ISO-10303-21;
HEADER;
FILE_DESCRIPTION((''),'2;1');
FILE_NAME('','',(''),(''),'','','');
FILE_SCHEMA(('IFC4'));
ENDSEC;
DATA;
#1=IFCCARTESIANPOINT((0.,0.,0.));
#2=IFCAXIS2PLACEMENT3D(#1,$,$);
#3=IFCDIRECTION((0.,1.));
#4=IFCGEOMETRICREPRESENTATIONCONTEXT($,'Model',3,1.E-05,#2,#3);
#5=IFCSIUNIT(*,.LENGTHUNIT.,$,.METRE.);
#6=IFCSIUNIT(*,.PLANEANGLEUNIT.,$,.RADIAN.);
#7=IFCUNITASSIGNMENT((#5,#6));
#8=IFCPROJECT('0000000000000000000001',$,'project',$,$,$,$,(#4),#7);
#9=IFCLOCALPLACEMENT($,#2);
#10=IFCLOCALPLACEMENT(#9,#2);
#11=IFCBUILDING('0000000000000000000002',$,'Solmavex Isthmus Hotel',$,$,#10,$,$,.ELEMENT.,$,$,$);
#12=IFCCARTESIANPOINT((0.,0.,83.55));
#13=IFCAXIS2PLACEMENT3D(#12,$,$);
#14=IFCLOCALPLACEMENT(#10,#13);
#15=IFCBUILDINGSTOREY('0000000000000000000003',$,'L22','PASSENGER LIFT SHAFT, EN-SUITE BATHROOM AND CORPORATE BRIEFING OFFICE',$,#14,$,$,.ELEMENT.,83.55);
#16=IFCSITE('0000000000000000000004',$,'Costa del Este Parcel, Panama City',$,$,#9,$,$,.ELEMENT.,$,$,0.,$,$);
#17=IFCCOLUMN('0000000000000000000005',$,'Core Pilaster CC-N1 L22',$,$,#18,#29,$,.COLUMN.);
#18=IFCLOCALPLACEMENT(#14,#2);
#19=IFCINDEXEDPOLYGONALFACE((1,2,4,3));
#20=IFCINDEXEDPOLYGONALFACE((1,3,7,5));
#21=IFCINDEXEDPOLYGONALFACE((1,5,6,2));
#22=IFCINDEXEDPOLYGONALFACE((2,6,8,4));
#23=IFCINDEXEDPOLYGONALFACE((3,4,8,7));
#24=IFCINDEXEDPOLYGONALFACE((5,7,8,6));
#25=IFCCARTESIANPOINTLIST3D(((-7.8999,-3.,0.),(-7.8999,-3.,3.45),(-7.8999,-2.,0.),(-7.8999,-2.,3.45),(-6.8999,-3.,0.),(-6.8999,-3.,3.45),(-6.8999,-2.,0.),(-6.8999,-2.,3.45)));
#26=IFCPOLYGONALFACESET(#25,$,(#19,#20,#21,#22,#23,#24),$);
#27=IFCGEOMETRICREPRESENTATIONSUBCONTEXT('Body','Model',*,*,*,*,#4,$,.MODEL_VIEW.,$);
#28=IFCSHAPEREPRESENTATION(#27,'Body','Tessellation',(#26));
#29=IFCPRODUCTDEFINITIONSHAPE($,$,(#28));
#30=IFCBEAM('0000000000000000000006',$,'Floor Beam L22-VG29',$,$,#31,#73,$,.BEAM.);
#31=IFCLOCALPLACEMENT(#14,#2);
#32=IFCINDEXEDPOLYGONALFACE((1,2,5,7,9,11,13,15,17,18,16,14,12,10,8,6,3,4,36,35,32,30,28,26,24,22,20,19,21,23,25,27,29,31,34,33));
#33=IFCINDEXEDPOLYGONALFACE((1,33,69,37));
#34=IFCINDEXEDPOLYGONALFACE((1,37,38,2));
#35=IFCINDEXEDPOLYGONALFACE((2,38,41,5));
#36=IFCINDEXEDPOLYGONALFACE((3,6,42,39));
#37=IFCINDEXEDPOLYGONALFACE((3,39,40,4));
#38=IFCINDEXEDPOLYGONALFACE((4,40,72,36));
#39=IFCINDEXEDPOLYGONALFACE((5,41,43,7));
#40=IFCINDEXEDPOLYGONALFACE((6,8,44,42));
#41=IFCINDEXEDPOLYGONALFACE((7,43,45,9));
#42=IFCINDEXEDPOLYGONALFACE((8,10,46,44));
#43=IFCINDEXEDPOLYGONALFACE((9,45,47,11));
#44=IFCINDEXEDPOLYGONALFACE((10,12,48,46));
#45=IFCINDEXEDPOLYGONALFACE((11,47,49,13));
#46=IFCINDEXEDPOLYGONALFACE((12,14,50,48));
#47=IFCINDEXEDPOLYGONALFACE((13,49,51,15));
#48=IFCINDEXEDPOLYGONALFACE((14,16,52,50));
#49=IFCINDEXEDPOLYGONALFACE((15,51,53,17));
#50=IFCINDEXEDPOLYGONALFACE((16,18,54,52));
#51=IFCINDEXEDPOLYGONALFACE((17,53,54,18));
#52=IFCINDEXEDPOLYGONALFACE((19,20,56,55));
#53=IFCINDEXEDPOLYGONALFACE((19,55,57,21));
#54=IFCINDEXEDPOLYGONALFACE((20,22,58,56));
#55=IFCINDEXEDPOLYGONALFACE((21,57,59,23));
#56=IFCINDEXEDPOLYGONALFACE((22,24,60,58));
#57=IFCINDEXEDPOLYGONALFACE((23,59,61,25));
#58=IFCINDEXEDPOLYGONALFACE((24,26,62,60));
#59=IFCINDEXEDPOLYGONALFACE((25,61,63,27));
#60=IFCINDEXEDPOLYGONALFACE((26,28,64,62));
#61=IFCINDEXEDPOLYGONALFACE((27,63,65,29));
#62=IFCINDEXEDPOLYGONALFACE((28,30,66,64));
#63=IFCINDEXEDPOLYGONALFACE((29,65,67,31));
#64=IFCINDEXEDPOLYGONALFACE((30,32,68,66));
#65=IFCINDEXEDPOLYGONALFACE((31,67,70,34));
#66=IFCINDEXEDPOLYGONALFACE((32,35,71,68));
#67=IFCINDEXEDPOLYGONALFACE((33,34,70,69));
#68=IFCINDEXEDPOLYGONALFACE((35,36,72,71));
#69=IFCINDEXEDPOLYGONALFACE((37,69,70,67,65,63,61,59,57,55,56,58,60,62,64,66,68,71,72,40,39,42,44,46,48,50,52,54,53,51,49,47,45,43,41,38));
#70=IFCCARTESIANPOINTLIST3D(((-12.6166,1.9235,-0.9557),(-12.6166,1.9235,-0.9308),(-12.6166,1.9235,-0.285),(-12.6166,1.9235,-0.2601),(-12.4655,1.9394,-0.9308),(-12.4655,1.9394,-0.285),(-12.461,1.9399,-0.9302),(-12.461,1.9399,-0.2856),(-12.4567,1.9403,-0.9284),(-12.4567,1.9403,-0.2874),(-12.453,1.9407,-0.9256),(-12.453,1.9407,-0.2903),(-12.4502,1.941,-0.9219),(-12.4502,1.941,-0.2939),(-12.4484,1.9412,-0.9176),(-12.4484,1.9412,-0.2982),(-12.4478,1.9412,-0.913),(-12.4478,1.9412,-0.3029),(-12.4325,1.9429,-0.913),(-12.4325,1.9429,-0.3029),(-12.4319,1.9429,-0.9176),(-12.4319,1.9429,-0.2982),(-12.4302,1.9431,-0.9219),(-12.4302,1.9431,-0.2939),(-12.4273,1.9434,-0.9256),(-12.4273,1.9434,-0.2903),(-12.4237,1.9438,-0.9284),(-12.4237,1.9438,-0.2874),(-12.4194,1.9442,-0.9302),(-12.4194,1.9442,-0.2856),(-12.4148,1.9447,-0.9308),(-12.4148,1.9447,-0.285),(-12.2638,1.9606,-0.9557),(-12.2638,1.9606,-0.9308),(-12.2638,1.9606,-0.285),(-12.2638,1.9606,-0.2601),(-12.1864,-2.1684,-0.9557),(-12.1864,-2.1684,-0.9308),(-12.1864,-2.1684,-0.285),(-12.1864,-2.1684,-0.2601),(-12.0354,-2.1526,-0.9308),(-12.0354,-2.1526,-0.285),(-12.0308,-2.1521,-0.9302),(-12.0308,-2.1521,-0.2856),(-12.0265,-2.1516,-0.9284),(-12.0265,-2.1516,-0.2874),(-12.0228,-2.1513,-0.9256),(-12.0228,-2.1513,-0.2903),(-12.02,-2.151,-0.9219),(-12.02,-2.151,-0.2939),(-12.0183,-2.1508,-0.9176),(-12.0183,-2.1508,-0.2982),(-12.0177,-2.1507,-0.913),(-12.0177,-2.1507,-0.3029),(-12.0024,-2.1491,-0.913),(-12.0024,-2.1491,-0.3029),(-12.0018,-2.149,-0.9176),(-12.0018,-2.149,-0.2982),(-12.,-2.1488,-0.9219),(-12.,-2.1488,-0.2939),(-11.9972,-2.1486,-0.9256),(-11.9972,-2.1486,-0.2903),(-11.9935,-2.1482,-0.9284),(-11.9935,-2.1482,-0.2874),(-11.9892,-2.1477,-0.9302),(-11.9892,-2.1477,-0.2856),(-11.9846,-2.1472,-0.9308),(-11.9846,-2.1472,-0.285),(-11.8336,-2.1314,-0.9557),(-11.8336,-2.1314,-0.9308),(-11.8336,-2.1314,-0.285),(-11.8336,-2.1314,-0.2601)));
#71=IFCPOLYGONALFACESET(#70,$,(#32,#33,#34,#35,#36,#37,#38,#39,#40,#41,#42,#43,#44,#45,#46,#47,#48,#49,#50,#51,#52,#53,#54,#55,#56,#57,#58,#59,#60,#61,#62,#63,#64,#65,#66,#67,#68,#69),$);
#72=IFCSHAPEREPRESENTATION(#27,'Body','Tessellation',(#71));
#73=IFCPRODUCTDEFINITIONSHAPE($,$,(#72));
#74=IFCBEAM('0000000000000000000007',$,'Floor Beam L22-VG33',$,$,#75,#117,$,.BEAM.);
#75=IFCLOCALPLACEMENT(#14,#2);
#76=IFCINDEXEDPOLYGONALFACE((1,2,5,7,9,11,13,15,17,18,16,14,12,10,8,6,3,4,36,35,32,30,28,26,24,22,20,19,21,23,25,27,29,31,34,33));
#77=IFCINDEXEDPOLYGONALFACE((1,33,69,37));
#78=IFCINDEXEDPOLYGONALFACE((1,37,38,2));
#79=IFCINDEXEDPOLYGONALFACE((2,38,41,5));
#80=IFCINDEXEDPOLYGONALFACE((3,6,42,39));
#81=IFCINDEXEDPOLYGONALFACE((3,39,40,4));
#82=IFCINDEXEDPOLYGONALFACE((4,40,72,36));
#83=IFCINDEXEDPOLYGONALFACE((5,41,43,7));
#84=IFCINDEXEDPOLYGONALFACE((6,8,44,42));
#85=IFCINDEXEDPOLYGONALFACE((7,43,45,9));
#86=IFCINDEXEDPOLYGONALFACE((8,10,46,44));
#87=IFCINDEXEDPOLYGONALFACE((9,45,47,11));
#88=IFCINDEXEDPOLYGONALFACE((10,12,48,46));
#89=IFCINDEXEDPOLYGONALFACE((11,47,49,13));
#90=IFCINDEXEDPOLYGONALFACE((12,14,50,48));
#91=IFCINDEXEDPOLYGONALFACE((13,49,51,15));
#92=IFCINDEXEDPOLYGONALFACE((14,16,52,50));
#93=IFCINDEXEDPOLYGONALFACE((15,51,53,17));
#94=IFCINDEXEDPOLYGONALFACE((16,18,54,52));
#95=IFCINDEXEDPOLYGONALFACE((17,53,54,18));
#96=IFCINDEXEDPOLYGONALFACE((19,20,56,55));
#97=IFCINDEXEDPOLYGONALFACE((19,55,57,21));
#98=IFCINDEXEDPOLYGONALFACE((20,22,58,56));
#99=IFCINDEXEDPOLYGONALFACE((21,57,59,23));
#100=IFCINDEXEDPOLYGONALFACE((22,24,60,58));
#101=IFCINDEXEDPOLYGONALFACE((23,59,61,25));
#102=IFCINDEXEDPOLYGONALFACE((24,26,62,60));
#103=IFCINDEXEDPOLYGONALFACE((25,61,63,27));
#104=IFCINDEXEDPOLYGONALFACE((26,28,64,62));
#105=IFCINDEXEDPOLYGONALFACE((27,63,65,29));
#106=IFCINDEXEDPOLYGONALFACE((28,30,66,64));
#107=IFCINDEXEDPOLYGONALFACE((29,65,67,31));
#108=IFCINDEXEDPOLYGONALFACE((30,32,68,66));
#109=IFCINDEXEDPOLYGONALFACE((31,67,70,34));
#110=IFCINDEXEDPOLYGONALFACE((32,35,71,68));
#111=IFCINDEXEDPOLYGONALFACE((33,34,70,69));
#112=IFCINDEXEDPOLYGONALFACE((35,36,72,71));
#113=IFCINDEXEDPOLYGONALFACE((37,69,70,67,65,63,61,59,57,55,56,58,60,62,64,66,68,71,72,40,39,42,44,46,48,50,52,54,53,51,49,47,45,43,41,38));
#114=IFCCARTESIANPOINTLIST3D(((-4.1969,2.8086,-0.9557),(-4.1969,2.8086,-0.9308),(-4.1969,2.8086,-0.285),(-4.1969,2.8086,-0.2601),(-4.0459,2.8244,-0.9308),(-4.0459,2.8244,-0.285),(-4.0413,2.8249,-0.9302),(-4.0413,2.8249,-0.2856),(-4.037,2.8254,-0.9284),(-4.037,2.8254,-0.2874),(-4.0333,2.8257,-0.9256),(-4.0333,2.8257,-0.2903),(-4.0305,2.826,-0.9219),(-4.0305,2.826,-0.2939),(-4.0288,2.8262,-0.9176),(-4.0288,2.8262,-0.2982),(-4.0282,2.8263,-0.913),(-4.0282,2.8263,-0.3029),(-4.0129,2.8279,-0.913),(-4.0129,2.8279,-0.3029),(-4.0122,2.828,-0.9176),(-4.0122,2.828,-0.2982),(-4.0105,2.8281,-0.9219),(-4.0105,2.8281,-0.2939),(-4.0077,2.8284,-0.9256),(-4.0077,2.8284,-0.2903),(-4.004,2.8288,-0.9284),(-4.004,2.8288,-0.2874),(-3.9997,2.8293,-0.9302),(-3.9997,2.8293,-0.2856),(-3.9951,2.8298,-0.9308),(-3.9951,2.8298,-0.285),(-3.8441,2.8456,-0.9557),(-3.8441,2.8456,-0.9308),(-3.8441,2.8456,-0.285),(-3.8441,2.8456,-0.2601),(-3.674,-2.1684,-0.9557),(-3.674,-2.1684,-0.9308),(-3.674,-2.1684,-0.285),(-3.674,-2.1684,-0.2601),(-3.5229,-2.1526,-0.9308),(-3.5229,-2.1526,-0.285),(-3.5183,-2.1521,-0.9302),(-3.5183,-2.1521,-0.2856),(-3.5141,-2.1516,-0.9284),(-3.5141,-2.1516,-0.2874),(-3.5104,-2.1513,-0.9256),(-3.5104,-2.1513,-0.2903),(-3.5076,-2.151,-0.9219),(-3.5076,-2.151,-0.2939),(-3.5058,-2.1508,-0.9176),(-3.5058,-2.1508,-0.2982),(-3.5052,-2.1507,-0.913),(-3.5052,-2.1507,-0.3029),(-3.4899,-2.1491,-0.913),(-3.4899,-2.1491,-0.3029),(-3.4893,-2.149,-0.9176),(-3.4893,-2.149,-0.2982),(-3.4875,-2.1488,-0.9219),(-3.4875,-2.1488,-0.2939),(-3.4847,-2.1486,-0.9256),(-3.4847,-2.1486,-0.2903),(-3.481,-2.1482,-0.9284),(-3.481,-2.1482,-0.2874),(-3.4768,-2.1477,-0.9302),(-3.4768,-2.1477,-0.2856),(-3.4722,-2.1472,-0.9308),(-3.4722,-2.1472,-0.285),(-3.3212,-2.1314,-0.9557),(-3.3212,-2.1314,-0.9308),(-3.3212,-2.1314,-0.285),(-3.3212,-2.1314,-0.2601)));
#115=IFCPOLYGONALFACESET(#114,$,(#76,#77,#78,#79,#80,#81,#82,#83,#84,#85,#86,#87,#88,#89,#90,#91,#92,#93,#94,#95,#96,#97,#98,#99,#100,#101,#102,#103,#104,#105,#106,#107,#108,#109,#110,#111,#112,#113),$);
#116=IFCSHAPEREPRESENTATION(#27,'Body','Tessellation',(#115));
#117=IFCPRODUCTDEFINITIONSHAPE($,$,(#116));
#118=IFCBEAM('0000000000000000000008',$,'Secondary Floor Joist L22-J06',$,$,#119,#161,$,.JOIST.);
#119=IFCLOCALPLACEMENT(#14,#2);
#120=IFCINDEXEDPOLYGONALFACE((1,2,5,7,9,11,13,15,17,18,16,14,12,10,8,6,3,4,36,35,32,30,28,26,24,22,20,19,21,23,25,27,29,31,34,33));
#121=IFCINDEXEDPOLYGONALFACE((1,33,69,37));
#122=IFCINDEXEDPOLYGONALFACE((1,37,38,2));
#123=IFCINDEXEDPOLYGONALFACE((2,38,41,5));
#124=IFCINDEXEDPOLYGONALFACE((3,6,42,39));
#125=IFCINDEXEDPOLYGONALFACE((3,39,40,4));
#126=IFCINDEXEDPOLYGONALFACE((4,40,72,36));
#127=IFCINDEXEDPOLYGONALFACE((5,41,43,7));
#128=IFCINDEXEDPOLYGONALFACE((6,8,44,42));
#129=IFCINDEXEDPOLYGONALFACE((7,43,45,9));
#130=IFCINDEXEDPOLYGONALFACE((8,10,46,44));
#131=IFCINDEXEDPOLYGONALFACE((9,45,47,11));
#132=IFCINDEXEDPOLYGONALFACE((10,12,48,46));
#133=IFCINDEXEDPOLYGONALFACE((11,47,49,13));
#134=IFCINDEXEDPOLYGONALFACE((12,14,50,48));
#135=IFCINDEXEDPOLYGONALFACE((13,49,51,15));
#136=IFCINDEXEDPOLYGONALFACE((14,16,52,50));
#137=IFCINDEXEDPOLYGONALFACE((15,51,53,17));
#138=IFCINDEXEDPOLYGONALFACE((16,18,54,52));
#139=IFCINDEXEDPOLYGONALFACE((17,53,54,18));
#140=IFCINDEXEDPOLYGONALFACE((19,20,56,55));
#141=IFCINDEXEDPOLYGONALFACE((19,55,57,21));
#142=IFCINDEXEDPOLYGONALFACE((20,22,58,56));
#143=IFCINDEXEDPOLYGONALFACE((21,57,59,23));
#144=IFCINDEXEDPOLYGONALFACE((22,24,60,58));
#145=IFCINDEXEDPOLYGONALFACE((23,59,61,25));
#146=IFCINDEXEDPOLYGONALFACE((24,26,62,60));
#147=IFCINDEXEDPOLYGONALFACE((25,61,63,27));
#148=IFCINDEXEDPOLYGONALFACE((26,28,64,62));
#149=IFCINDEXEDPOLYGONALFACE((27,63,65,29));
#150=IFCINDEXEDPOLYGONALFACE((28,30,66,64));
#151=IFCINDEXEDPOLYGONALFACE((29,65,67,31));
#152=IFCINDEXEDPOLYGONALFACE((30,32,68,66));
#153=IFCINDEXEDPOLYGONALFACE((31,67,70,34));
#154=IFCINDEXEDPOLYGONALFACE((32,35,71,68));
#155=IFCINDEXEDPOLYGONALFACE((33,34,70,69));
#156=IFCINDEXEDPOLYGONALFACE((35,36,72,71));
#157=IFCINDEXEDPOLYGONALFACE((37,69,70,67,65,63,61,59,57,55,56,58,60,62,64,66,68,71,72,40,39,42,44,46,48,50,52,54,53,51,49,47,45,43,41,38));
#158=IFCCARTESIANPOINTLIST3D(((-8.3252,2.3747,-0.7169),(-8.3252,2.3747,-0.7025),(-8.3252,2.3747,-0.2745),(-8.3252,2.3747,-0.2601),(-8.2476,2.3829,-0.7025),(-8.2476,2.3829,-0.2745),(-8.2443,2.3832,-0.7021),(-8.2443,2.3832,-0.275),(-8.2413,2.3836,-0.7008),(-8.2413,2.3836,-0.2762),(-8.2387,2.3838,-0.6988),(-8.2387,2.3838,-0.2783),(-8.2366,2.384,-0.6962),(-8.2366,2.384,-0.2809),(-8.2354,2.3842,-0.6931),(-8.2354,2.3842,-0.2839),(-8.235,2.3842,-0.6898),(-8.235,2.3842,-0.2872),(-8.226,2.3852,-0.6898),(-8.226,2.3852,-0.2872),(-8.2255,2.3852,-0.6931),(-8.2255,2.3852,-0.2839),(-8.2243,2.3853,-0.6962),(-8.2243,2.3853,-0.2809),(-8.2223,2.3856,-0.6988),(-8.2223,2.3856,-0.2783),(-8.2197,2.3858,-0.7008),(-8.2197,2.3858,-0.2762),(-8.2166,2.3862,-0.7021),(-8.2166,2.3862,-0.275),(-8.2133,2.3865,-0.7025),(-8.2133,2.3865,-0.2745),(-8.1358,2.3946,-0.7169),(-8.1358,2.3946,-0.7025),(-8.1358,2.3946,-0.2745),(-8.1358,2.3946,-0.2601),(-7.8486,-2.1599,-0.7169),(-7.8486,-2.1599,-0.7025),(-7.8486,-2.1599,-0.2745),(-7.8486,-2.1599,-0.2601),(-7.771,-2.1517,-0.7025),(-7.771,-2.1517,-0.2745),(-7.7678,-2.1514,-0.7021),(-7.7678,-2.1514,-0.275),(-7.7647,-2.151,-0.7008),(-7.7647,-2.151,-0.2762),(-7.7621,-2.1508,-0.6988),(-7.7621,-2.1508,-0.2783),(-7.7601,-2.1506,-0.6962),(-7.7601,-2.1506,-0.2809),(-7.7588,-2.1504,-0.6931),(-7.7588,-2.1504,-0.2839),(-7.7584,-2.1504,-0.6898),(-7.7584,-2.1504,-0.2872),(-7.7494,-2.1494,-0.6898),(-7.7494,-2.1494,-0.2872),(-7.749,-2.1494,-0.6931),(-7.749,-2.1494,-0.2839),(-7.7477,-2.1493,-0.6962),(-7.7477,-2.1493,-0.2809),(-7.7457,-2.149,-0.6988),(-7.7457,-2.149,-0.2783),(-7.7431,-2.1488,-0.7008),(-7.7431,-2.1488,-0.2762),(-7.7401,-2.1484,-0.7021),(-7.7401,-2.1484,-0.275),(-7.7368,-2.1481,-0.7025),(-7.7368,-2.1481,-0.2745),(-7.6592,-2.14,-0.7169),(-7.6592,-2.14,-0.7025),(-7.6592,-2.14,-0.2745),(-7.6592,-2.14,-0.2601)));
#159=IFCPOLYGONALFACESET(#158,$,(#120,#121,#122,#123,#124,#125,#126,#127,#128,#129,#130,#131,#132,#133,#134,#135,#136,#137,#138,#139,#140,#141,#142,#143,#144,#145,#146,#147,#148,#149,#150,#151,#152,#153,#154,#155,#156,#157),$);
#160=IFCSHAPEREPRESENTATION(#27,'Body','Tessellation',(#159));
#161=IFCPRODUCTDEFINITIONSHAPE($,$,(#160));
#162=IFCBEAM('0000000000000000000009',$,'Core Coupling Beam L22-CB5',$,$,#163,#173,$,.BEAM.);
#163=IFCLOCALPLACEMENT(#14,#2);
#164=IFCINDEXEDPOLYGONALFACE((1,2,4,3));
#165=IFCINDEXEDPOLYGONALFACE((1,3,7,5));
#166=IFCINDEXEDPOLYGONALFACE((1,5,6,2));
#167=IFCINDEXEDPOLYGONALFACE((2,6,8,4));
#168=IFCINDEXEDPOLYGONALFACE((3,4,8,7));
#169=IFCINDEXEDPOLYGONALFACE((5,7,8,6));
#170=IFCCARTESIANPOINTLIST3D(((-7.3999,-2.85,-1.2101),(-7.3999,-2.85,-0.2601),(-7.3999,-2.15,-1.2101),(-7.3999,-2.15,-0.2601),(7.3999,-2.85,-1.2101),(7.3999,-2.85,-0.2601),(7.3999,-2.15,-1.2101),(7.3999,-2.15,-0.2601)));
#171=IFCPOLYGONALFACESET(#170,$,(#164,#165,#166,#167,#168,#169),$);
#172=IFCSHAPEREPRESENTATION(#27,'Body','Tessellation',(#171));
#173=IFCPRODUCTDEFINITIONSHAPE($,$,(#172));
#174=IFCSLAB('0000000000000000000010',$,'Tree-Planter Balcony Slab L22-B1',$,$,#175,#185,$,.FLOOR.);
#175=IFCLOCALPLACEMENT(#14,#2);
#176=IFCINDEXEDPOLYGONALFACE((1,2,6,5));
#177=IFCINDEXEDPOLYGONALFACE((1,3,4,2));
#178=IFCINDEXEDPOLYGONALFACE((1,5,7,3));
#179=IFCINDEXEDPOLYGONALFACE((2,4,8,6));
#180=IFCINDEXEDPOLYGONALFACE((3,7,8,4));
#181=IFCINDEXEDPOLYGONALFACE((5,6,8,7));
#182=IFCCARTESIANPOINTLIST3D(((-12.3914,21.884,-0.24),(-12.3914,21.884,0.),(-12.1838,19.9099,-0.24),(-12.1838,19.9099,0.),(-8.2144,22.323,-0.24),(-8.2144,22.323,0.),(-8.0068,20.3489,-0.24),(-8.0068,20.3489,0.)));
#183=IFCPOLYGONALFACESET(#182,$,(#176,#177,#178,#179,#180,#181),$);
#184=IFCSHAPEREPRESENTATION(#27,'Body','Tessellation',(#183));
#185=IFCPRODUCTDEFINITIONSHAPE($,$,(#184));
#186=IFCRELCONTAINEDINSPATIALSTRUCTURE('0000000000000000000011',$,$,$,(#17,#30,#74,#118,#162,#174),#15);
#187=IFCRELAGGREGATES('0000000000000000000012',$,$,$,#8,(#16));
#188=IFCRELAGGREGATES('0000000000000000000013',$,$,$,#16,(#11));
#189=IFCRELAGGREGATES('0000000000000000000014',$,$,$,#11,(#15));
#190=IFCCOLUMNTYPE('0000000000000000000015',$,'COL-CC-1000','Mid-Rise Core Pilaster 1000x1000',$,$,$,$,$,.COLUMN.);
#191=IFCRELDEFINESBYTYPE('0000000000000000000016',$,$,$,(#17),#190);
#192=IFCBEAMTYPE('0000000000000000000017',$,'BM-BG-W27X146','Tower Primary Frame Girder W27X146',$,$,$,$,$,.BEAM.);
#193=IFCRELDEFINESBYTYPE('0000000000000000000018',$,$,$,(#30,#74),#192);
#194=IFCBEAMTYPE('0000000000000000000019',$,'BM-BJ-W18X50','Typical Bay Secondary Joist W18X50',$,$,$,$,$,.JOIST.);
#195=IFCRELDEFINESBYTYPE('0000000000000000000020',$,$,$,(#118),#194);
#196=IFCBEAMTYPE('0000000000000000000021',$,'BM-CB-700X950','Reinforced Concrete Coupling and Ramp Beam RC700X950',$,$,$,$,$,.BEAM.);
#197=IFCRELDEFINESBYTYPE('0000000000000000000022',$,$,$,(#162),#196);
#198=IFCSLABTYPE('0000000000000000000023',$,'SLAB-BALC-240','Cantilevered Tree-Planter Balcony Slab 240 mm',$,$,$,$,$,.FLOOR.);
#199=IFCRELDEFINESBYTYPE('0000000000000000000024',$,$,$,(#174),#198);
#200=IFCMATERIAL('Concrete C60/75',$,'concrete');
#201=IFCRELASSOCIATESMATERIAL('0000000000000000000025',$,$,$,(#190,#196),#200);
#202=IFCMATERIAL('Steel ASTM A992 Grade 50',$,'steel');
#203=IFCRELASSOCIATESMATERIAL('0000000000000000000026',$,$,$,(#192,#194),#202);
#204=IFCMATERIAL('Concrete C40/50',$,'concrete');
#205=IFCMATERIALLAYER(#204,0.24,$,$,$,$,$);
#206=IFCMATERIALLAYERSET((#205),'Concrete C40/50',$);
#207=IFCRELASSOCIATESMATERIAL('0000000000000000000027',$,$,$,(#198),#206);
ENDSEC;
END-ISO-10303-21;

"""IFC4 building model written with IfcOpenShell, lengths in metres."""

from ifc_helpers import new_model, si_unit, direction, frame, origin, origin_2d, place, context, subcontext, project, spatial, polyline, rectangle, i_section, outline, extrude, material, layer, layer_set, material_profile, profile_set, type_object, element, save


model = new_model("IFC4")

# Units and contexts
model_context = context("Model", 3, precision=1e-05, world=origin(), true_north=direction((0.0, 1.0)))
body_context = subcontext(model_context, "Body", "Model", "MODEL_VIEW")
ifc_project = project(units=[si_unit("LENGTHUNIT", "METRE"), si_unit("PLANEANGLEUNIT", "RADIAN")], contexts=[model_context])

# Site, building, storey
site_placement = place(None, origin())
site = spatial("IfcSite", under=ifc_project, at=site_placement, Name="Costa del Este Parcel, Panama City", CompositionType="ELEMENT", RefElevation=0.0)
building_placement = place(site_placement, origin())
building = spatial("IfcBuilding", under=site, at=building_placement, Name="Solmavex Isthmus Hotel", CompositionType="ELEMENT")
storey_placement = place(building_placement, frame((0.0, 0.0, 83.55)))
storey = spatial("IfcBuildingStorey", under=building, at=storey_placement, Name="L22", Description="PASSENGER LIFT SHAFT, EN-SUITE BATHROOM AND CORPORATE BRIEFING OFFICE", CompositionType="ELEMENT", Elevation=83.55)

# Column
ifc_material_1 = material(Name="Concrete C60/75", Category="concrete")
ifc_material_profile_1 = material_profile(ifc_material_1, rectangle(XDim=1.0, YDim=1.0, at=origin_2d()), Name="RC1000X1000")
ifc_profile_set_1 = profile_set([ifc_material_profile_1], Name="Concrete C60/75")
column_type = type_object("IfcColumnType", Name="COL-CC-1000", Description="Mid-Rise Core Pilaster 1000x1000", PredefinedType="COLUMN", material=ifc_profile_set_1)
column_placement = place(storey_placement, frame((-7.3999, -2.5, 0.0), z_axis=(0.0, 0.0, 1.0), x_axis=(1.0, 0.0, 0.0)))
element("IfcColumn", 1, at=column_placement, inside=storey, type_object=column_type, Name="Core Pilaster CC-N1 L22", PredefinedType="COLUMN", context=body_context, shape_type="SweptSolid", body=[
    extrude(rectangle(XDim=1.0, YDim=1.0, at=origin_2d()), origin(), (0.0, 0.0, 1.0), 3.45),
])

# Beams
ifc_material_2 = material(Name="Steel ASTM A992 Grade 50", Category="steel")
ifc_material_profile_2 = material_profile(ifc_material_2, i_section(OverallWidth=0.3547, OverallDepth=0.6956, WebThickness=0.0154, FlangeThickness=0.0249, FilletRadius=0.0178, at=origin_2d()), Name="W27X146")
ifc_profile_set_2 = profile_set([ifc_material_profile_2], Name="Steel ASTM A992 Grade 50")
beam_type_1 = type_object("IfcBeamType", Name="BM-BG-W27X146", Description="Tower Primary Frame Girder W27X146", PredefinedType="BEAM", material=ifc_profile_set_2)
beam_1_placement = place(storey_placement, frame((-12.01, -2.1499, -0.6079), z_axis=(-0.104549, 0.99452, 0.0), x_axis=(-0.99452, -0.104549, 0.0)))
element("IfcBeam", 2, at=beam_1_placement, inside=storey, type_object=beam_type_1, Name="Floor Beam L22-VG29", PredefinedType="BEAM", context=body_context, shape_type="SweptSolid", body=[
    extrude(i_section(OverallWidth=0.3547, OverallDepth=0.6956, WebThickness=0.0154, FlangeThickness=0.0249, FilletRadius=0.0178, at=origin_2d()), origin(), (0.0, 0.0, 1.0), 4.1145),
])
beam_2_placement = place(storey_placement, frame((-3.4976, -2.1499, -0.6079), z_axis=(-0.104497, 0.994525, 0.0), x_axis=(-0.994525, -0.104497, 0.0)))
element("IfcBeam", 3, at=beam_2_placement, inside=storey, type_object=beam_type_1, Name="Floor Beam L22-VG33", PredefinedType="BEAM", context=body_context, shape_type="SweptSolid", body=[
    extrude(i_section(OverallWidth=0.3547, OverallDepth=0.6956, WebThickness=0.0154, FlangeThickness=0.0249, FilletRadius=0.0178, at=origin_2d()), origin(), (0.0, 0.0, 1.0), 5.0044),
])
ifc_material_profile_3 = material_profile(ifc_material_2, i_section(OverallWidth=0.1904, OverallDepth=0.4568, WebThickness=0.009, FlangeThickness=0.0144, FilletRadius=0.0127, at=origin_2d()), Name="W18X50")
ifc_profile_set_3 = profile_set([ifc_material_profile_3], Name="Steel ASTM A992 Grade 50")
beam_type_2 = type_object("IfcBeamType", Name="BM-BJ-W18X50", Description="Typical Bay Secondary Joist W18X50", PredefinedType="JOIST", material=ifc_profile_set_3)
beam_3_placement = place(storey_placement, frame((-7.7539, -2.1499, -0.4885), z_axis=(-0.104518, 0.994523, 0.0), x_axis=(-0.994523, -0.104518, 0.0)))
element("IfcBeam", 4, at=beam_3_placement, inside=storey, type_object=beam_type_2, Name="Secondary Floor Joist L22-J06", PredefinedType="JOIST", context=body_context, shape_type="SweptSolid", body=[
    extrude(i_section(OverallWidth=0.1904, OverallDepth=0.4568, WebThickness=0.009, FlangeThickness=0.0144, FilletRadius=0.0127, at=origin_2d()), origin(), (0.0, 0.0, 1.0), 4.5596),
])
ifc_material_profile_4 = material_profile(ifc_material_1, rectangle(XDim=0.7, YDim=0.95, at=origin_2d()), Name="RC700X950")
ifc_profile_set_4 = profile_set([ifc_material_profile_4], Name="Concrete C60/75")
beam_type_3 = type_object("IfcBeamType", Name="BM-CB-700X950", Description="Reinforced Concrete Coupling and Ramp Beam RC700X950", PredefinedType="BEAM", material=ifc_profile_set_4)
beam_4_placement = place(storey_placement, frame((-7.3999, -2.5, -0.7351), z_axis=(1.0, 0.0, 0.0), x_axis=(0.0, 1.0, 0.0)))
element("IfcBeam", 5, at=beam_4_placement, inside=storey, type_object=beam_type_3, Name="Core Coupling Beam L22-CB5", PredefinedType="BEAM", context=body_context, shape_type="SweptSolid", body=[
    extrude(rectangle(XDim=0.7, YDim=0.95, at=origin_2d()), origin(), (0.0, 0.0, 1.0), 14.7998),
])

# Slab
ifc_material_3 = material(Name="Concrete C40/50", Category="concrete")
ifc_layer_1 = layer(ifc_material_3, 0.24)
ifc_layer_set_1 = layer_set([ifc_layer_1], Name="Concrete C40/50")
slab_type_1 = type_object("IfcSlabType", Name="SLAB-BALC-240", Description="Cantilevered Tree-Planter Balcony Slab 240 mm", PredefinedType="FLOOR", material=ifc_layer_set_1)
slab_1_placement = place(storey_placement, frame((0.0, 0.0, -0.24)))
element("IfcSlab", 6, at=slab_1_placement, inside=storey, type_object=slab_type_1, Name="Tree-Planter Balcony Slab L22-B1", PredefinedType="FLOOR", context=body_context, shape_type="SweptSolid", body=[
    extrude(outline(polyline([(-12.1838, 19.9099), (-8.0068, 20.3489), (-8.2144, 22.323), (-12.3914, 21.884), (-12.1838, 19.9099)])), origin(), (0.0, 0.0, 1.0), 0.24),
])

save(model, "model.ifc")
